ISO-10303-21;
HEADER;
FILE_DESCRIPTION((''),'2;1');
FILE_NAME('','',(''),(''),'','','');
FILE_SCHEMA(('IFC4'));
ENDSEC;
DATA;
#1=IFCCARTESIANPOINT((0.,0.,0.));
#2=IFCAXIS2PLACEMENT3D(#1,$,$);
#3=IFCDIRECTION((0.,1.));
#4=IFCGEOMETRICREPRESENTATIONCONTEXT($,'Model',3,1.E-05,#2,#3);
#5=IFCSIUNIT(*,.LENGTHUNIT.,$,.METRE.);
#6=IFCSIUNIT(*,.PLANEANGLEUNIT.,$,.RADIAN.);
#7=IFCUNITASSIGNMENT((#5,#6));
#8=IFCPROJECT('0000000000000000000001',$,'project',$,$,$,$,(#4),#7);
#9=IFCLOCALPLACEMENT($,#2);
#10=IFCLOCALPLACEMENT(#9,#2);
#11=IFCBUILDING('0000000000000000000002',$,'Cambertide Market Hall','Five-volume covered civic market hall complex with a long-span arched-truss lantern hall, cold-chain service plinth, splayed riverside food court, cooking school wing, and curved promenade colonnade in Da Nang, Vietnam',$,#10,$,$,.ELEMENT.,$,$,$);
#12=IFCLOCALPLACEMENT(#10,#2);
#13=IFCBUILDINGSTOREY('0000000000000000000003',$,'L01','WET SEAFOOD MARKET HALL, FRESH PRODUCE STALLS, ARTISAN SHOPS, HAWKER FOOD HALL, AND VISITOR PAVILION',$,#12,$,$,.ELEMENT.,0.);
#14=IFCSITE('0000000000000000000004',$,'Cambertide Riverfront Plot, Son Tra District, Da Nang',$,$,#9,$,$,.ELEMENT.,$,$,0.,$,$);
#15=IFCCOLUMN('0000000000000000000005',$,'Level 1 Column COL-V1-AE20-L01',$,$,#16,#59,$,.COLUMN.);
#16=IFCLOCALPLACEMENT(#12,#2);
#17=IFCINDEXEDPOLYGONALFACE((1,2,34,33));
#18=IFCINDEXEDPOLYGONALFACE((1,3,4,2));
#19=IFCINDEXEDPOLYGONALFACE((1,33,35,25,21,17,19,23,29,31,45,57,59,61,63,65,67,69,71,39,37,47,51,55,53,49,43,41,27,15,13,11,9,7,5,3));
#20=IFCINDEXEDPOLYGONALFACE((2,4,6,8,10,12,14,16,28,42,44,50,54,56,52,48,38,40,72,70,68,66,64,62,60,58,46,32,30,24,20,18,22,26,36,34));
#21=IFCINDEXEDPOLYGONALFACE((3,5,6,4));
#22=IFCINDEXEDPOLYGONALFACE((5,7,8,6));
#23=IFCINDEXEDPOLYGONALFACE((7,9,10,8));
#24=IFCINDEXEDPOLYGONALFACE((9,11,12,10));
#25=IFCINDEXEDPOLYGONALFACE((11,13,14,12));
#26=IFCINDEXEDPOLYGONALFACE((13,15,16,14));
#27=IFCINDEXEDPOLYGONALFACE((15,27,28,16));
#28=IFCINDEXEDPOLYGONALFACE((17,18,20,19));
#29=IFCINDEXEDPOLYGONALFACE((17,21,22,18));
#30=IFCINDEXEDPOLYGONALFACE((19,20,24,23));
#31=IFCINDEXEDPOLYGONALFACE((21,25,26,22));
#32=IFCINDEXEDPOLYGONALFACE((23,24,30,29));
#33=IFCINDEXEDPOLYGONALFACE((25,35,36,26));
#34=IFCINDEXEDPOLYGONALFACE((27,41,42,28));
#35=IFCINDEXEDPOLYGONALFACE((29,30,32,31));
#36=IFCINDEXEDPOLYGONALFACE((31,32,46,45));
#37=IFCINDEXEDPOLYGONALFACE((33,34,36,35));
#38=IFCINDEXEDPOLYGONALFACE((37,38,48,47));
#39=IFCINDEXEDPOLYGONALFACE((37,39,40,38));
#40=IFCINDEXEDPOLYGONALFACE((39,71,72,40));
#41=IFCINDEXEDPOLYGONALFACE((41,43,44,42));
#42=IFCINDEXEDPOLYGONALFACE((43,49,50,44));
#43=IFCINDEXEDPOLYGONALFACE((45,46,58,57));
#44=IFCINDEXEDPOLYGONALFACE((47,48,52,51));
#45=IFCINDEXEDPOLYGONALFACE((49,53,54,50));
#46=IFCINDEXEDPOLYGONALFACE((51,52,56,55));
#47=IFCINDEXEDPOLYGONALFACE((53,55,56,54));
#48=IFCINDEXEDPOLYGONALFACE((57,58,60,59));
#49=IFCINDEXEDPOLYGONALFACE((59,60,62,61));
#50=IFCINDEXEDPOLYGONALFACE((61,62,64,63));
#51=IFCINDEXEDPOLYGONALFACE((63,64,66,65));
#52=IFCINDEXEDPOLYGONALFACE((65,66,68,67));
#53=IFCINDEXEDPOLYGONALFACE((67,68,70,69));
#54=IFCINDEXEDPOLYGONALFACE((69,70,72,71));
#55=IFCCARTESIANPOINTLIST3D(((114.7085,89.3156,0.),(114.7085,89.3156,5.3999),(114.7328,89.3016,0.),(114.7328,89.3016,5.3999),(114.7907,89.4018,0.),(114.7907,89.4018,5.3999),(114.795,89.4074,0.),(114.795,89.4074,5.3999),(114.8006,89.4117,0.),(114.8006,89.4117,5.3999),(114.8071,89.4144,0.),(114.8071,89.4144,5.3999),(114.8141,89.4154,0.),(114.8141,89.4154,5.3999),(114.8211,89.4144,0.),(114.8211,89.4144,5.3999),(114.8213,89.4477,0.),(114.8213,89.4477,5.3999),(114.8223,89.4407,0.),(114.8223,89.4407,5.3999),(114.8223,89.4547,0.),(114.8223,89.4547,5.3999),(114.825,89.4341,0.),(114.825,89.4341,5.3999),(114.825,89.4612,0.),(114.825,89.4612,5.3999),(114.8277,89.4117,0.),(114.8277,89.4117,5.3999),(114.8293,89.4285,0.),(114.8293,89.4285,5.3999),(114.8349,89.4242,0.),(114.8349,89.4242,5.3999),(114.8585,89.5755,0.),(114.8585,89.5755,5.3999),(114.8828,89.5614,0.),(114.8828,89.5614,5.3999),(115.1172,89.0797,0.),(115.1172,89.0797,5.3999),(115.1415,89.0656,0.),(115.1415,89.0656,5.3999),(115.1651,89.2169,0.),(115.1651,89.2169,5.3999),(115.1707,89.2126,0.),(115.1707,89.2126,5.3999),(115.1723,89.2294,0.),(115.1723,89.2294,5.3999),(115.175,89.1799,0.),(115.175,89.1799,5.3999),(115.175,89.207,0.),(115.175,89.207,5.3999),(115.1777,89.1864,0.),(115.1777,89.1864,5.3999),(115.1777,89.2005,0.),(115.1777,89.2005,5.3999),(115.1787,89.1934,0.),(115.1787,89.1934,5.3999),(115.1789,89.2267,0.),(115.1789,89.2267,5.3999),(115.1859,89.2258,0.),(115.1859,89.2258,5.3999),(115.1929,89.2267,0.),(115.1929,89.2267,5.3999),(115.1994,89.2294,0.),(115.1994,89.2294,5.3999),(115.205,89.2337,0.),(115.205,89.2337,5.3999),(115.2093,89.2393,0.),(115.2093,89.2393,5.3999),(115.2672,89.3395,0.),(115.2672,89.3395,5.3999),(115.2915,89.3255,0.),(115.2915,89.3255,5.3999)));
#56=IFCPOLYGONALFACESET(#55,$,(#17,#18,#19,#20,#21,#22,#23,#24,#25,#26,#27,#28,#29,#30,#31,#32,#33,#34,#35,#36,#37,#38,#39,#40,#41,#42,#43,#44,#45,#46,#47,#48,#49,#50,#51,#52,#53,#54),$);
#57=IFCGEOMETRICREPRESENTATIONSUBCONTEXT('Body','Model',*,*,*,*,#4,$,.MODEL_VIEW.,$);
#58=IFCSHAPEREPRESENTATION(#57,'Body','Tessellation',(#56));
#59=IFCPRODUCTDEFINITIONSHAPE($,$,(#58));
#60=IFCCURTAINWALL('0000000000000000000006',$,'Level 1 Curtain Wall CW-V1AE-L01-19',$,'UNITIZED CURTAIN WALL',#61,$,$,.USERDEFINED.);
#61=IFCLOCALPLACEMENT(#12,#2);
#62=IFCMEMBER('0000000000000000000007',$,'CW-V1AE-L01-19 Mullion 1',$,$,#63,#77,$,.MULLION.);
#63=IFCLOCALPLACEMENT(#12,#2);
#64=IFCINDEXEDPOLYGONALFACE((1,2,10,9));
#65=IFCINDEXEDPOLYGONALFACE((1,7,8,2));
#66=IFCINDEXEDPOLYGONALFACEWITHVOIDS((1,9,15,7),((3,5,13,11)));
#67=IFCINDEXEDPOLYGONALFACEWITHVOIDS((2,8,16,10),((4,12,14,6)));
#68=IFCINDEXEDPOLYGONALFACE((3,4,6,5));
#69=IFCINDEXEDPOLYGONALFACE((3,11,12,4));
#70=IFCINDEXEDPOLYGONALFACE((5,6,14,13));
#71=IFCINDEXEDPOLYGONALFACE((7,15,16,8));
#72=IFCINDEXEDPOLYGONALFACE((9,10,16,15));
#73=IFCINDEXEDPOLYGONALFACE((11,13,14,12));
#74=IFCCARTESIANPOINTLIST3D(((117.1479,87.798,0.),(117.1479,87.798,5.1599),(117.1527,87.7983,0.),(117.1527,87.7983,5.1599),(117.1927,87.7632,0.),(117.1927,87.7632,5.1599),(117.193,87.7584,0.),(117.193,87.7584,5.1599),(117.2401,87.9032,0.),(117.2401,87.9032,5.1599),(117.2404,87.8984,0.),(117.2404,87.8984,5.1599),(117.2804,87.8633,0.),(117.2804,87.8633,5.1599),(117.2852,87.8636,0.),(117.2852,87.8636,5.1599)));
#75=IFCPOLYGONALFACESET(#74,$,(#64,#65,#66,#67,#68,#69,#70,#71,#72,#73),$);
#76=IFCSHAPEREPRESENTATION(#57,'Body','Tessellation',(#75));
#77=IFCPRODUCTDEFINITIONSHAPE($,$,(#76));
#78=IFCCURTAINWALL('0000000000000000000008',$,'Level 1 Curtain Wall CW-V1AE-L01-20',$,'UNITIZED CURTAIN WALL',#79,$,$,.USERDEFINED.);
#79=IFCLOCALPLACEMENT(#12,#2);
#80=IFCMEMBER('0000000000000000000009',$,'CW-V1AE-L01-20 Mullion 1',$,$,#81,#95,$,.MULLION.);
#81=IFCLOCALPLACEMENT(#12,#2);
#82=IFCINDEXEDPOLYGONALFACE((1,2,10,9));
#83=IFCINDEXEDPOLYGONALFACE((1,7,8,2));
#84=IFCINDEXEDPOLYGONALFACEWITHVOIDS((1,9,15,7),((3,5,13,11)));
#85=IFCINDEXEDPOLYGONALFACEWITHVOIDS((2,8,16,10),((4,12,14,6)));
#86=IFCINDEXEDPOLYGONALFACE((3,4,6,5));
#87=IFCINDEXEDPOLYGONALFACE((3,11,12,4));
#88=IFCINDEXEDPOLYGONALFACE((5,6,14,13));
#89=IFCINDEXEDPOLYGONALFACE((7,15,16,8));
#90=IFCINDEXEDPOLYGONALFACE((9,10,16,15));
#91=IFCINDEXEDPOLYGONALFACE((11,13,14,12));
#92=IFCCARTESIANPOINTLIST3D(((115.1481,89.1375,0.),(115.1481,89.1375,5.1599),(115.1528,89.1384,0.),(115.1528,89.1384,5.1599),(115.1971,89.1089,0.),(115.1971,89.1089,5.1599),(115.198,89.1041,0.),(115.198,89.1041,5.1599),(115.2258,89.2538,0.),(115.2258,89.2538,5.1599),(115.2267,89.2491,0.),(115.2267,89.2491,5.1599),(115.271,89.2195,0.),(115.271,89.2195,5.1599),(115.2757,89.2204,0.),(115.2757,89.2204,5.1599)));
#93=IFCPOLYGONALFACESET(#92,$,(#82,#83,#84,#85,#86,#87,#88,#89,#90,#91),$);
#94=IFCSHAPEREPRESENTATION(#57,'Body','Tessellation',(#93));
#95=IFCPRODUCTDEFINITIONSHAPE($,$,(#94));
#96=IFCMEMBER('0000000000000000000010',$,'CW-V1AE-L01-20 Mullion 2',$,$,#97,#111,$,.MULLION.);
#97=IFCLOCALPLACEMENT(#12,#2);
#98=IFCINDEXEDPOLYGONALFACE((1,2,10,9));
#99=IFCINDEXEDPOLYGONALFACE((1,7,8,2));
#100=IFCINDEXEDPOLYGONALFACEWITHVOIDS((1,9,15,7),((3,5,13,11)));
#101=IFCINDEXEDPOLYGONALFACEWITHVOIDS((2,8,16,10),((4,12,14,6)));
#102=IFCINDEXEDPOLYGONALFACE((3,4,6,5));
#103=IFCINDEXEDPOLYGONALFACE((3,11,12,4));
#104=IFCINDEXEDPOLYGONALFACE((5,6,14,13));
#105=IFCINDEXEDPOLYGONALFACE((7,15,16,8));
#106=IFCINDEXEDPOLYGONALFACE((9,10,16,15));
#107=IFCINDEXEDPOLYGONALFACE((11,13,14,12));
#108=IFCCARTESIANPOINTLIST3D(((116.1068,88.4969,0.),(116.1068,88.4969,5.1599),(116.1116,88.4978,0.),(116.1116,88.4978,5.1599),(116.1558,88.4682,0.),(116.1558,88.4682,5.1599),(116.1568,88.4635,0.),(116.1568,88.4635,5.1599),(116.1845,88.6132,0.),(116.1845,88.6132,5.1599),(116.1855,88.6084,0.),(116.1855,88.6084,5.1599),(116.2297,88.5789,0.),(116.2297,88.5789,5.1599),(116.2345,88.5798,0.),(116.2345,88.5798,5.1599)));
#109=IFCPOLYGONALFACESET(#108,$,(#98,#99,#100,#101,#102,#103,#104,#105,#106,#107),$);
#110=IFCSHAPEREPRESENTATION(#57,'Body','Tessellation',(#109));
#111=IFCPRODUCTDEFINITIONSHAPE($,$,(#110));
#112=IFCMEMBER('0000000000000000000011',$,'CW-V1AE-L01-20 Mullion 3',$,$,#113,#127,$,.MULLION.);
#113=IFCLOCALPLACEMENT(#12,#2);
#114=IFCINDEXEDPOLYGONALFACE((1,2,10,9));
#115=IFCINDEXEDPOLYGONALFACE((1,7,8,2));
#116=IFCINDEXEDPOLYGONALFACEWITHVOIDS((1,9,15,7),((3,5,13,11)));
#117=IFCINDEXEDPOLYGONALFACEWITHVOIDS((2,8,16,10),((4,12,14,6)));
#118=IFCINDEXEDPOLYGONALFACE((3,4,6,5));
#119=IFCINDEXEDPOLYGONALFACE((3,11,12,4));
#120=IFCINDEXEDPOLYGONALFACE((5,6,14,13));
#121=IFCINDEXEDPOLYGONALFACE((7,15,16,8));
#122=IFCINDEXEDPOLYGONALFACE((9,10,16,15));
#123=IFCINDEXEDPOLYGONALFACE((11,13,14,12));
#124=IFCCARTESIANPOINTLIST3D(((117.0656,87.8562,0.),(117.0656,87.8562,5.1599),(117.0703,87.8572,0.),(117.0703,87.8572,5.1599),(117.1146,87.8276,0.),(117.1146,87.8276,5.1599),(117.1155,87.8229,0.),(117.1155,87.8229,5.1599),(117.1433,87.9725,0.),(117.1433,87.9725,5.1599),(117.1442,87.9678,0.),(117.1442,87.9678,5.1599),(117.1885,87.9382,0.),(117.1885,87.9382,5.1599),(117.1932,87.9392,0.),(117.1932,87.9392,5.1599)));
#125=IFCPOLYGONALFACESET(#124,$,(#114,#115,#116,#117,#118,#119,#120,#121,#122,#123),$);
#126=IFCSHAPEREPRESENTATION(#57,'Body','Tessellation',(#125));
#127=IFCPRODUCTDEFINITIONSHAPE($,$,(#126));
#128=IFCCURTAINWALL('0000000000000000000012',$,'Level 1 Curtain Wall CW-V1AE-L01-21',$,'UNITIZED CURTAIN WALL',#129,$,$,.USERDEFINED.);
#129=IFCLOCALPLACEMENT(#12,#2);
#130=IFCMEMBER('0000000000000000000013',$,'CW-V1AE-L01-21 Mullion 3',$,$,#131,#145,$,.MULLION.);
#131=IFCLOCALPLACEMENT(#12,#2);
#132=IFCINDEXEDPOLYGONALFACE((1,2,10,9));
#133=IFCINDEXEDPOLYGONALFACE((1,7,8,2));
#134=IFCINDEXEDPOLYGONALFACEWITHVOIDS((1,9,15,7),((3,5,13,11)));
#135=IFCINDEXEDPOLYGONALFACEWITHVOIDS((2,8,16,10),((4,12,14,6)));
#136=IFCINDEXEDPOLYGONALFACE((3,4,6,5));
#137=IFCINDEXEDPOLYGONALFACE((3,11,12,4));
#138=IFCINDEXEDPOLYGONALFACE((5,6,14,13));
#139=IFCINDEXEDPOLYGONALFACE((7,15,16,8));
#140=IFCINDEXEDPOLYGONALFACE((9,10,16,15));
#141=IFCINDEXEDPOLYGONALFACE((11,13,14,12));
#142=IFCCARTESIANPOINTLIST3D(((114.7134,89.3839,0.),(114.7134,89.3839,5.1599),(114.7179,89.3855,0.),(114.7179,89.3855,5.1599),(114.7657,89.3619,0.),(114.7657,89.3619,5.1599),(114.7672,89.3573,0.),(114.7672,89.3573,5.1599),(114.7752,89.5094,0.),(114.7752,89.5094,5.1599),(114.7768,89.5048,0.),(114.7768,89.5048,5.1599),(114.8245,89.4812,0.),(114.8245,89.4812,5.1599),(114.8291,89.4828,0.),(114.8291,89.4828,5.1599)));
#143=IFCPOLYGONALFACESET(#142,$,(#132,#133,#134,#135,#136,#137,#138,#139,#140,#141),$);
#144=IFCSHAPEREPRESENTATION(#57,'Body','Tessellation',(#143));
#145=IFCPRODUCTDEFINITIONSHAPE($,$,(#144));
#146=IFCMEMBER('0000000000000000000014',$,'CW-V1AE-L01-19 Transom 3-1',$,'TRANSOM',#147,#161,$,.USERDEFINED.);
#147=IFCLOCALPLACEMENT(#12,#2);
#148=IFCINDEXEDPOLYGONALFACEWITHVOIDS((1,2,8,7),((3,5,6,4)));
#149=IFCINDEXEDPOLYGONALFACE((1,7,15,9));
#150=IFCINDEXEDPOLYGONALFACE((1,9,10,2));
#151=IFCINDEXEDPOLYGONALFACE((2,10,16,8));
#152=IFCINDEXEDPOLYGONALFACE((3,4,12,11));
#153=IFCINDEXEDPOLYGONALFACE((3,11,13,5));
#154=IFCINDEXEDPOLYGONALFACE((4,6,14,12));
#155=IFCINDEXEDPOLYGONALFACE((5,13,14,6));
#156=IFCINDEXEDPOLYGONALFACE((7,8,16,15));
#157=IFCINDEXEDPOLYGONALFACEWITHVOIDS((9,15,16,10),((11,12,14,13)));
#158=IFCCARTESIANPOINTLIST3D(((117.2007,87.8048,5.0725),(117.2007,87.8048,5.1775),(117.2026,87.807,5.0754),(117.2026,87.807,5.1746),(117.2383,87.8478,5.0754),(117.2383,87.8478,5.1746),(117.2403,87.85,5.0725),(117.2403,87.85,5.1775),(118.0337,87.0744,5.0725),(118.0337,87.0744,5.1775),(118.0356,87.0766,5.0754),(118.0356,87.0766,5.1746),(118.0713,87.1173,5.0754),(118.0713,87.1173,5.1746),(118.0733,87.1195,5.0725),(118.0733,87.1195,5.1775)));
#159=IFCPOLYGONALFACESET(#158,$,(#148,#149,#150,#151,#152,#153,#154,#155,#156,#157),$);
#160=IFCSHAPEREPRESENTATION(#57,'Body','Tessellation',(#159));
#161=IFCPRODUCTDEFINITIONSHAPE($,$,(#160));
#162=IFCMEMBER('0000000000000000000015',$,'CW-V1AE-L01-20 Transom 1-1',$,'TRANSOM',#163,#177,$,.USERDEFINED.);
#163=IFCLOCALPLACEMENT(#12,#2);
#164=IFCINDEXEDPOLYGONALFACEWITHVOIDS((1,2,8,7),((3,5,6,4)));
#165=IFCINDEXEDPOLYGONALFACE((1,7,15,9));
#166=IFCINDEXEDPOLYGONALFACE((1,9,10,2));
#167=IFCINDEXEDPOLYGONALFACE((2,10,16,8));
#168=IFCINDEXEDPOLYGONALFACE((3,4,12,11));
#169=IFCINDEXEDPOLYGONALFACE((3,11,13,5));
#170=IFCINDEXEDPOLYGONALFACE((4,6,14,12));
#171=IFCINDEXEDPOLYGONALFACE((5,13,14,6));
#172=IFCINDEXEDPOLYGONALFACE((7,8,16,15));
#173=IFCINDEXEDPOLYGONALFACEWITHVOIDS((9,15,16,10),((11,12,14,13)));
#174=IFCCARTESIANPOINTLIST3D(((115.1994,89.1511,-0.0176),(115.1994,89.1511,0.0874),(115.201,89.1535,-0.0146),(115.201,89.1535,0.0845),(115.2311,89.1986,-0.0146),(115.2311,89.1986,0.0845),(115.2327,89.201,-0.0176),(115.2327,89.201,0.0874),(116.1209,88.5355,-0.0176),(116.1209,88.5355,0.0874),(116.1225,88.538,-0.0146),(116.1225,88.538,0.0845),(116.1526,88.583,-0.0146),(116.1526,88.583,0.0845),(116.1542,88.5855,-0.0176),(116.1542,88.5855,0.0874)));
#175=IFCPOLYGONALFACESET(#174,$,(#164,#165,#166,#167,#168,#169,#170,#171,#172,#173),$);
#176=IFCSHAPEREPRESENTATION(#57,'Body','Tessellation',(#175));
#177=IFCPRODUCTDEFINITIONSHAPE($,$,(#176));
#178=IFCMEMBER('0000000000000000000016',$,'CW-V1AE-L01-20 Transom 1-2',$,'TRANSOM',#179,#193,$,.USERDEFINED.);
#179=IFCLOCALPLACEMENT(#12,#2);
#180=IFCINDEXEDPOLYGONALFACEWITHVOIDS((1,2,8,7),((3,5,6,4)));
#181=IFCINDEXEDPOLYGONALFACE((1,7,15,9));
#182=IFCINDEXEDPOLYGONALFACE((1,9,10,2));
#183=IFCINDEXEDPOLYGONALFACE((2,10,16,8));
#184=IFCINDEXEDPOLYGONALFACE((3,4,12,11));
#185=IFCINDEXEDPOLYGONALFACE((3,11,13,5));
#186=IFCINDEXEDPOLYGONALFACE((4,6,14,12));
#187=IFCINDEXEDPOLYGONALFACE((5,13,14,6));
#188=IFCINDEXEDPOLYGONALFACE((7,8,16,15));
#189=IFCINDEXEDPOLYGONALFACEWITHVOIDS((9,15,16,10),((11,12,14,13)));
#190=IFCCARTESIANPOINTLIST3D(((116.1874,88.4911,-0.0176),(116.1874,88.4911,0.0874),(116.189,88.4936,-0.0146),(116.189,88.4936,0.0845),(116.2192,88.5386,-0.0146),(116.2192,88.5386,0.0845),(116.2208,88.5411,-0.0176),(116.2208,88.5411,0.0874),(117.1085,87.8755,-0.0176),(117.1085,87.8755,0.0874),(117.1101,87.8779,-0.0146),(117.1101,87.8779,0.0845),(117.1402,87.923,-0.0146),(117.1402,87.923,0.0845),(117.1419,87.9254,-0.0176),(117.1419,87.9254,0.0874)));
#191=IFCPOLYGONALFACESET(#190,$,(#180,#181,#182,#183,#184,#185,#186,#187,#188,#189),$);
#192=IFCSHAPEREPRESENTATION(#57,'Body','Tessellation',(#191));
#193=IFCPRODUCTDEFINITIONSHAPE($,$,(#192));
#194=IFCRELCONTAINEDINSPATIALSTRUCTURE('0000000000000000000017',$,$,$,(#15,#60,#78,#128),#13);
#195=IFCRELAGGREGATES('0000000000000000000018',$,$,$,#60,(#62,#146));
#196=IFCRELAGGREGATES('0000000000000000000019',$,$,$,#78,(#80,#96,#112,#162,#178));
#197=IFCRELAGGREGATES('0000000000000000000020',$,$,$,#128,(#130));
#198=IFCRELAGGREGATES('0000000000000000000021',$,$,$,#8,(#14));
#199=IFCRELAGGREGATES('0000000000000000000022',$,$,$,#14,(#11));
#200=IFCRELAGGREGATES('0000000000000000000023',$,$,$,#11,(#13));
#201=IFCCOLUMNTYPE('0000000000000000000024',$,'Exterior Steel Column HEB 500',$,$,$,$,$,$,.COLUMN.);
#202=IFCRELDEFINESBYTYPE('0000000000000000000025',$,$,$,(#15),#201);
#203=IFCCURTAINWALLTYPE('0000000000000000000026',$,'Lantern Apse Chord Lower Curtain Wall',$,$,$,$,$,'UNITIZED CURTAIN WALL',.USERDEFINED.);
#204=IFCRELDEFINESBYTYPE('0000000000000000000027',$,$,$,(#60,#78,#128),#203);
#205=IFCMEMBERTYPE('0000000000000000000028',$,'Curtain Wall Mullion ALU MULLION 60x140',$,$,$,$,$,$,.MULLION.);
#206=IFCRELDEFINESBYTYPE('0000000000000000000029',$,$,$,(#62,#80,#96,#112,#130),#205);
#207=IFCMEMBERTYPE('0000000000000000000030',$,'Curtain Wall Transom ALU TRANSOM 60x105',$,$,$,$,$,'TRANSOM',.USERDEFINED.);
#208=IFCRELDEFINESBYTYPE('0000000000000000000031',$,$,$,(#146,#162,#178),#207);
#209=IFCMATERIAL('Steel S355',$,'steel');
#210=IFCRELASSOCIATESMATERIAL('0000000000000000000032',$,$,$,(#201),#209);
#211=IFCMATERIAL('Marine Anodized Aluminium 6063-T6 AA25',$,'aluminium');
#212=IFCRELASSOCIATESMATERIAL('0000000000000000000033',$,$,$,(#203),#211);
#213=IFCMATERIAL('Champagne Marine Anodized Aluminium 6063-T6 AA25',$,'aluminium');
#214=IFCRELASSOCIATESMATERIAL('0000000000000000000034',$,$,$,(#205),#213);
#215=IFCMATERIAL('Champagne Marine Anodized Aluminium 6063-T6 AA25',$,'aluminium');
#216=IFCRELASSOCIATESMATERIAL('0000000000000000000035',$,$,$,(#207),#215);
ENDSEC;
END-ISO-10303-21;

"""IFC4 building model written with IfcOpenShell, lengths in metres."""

from ifc_helpers import new_model, si_unit, direction, frame, origin, origin_2d, place, context, subcontext, project, spatial, hollow_rectangle, i_section, extrude, material, material_profile, profile_set, type_object, element, aggregate, save


model = new_model("IFC4")

# Units and contexts
model_context = context("Model", 3, precision=1e-05, world=origin(), true_north=direction((0.0, 1.0)))
body_context = subcontext(model_context, "Body", "Model", "MODEL_VIEW")
ifc_project = project(units=[si_unit("LENGTHUNIT", "METRE"), si_unit("PLANEANGLEUNIT", "RADIAN")], contexts=[model_context])

# Site, building, storey
site_placement = place(None, origin())
site = spatial("IfcSite", under=ifc_project, at=site_placement, Name="Cambertide Riverfront Plot, Son Tra District, Da Nang", CompositionType="ELEMENT", RefElevation=0.0)
building_placement = place(site_placement, origin())
building = spatial("IfcBuilding", under=site, at=building_placement, Name="Cambertide Market Hall", Description="Five-volume covered civic market hall complex with a long-span arched-truss lantern hall, cold-chain service plinth, splayed riverside food court, cooking school wing, and curved promenade colonnade in Da Nang, Vietnam", CompositionType="ELEMENT")
storey_placement = place(building_placement, origin())
storey = spatial("IfcBuildingStorey", under=building, at=storey_placement, Name="L01", Description="WET SEAFOOD MARKET HALL, FRESH PRODUCE STALLS, ARTISAN SHOPS, HAWKER FOOD HALL, AND VISITOR PAVILION", CompositionType="ELEMENT", Elevation=0.0)

# Column
ifc_material_1 = material(Name="Steel S355", Category="steel")
ifc_material_profile_1 = material_profile(ifc_material_1, i_section(OverallWidth=0.3, OverallDepth=0.5, WebThickness=0.0144, FlangeThickness=0.0281, FilletRadius=0.0271, at=origin_2d()), Name="HEB 500")
ifc_profile_set_1 = profile_set([ifc_material_profile_1], Name="Steel S355")
column_type = type_object("IfcColumnType", Name="Exterior Steel Column HEB 500", PredefinedType="COLUMN", material=ifc_profile_set_1)
column_placement = place(storey_placement, frame((115.0, 89.3206, 0.0), z_axis=(0.0, 0.0, 1.0), x_axis=(0.5, 0.866025, 0.0)))
element("IfcColumn", 1, at=column_placement, inside=storey, type_object=column_type, Name="Level 1 Column COL-V1-AE20-L01", PredefinedType="COLUMN", context=body_context, shape_type="SweptSolid", body=[
    extrude(i_section(OverallWidth=0.3, OverallDepth=0.5, WebThickness=0.0144, FlangeThickness=0.0281, FilletRadius=0.0271, at=origin_2d()), origin(), (0.0, 0.0, 1.0), 5.3999),
])

# Curtain wall, member
ifc_material_2 = material(Name="Marine Anodized Aluminium 6063-T6 AA25", Category="aluminium")
curtain_wall_type = type_object("IfcCurtainWallType", Name="Lantern Apse Chord Lower Curtain Wall", ElementType="UNITIZED CURTAIN WALL", PredefinedType="USERDEFINED", material=ifc_material_2)
curtain_wall_1_placement = place(storey_placement, origin())
curtain_wall_1 = element("IfcCurtainWall", 2, at=curtain_wall_1_placement, inside=storey, type_object=curtain_wall_type, Name="Level 1 Curtain Wall CW-V1AE-L01-19", ObjectType="UNITIZED CURTAIN WALL", PredefinedType="USERDEFINED")
ifc_material_3 = material(Name="Champagne Marine Anodized Aluminium 6063-T6 AA25", Category="aluminium")
ifc_material_profile_2 = material_profile(ifc_material_3, hollow_rectangle(XDim=0.0601, YDim=0.1399, WallThickness=0.0034, at=origin_2d()), Name="ALU MULLION 60x140")
ifc_profile_set_2 = profile_set([ifc_material_profile_2], Name="Champagne Marine Anodized Aluminium 6063-T6 AA25")
member_type_1 = type_object("IfcMemberType", Name="Curtain Wall Mullion ALU MULLION 60x140", PredefinedType="MULLION", material=ifc_profile_set_2)
member_1_placement = place(storey_placement, frame((117.2166, 87.8308, 0.0), z_axis=(0.0, 0.0, 1.0), x_axis=(0.75184, -0.659346, 0.0)))
member_1 = element("IfcMember", 3, at=member_1_placement, type_object=member_type_1, Name="CW-V1AE-L01-19 Mullion 1", PredefinedType="MULLION", context=body_context, shape_type="SweptSolid", body=[
    extrude(hollow_rectangle(XDim=0.0601, YDim=0.1399, WallThickness=0.0034, at=origin_2d()), origin(), (0.0, 0.0, 1.0), 5.1599),
])

# Curtain wall, members
curtain_wall_2_placement = place(storey_placement, origin())
curtain_wall_2 = element("IfcCurtainWall", 4, at=curtain_wall_2_placement, inside=storey, type_object=curtain_wall_type, Name="Level 1 Curtain Wall CW-V1AE-L01-20", ObjectType="UNITIZED CURTAIN WALL", PredefinedType="USERDEFINED")
member_2_placement = place(storey_placement, frame((115.2119, 89.179, 0.0), z_axis=(0.0, 0.0, 1.0), x_axis=(0.83147, -0.55557, 0.0)))
member_2 = element("IfcMember", 5, at=member_2_placement, type_object=member_type_1, Name="CW-V1AE-L01-20 Mullion 1", PredefinedType="MULLION", context=body_context, shape_type="SweptSolid", body=[
    extrude(hollow_rectangle(XDim=0.0601, YDim=0.1399, WallThickness=0.0034, at=origin_2d()), origin(), (0.0, 0.0, 1.0), 5.1599),
])
member_3_placement = place(storey_placement, frame((116.1707, 88.5383, 0.0), z_axis=(0.0, 0.0, 1.0), x_axis=(0.83147, -0.55557, 0.0)))
member_3 = element("IfcMember", 6, at=member_3_placement, type_object=member_type_1, Name="CW-V1AE-L01-20 Mullion 2", PredefinedType="MULLION", context=body_context, shape_type="SweptSolid", body=[
    extrude(hollow_rectangle(XDim=0.0601, YDim=0.1399, WallThickness=0.0034, at=origin_2d()), origin(), (0.0, 0.0, 1.0), 5.1599),
])
member_4_placement = place(storey_placement, frame((117.1294, 87.8977, 0.0), z_axis=(0.0, 0.0, 1.0), x_axis=(0.83147, -0.55557, 0.0)))
member_4 = element("IfcMember", 7, at=member_4_placement, type_object=member_type_1, Name="CW-V1AE-L01-20 Mullion 3", PredefinedType="MULLION", context=body_context, shape_type="SweptSolid", body=[
    extrude(hollow_rectangle(XDim=0.0601, YDim=0.1399, WallThickness=0.0034, at=origin_2d()), origin(), (0.0, 0.0, 1.0), 5.1599),
])

# Curtain wall, member
curtain_wall_3_placement = place(storey_placement, origin())
curtain_wall_3 = element("IfcCurtainWall", 8, at=curtain_wall_3_placement, inside=storey, type_object=curtain_wall_type, Name="Level 1 Curtain Wall CW-V1AE-L01-21", ObjectType="UNITIZED CURTAIN WALL", PredefinedType="USERDEFINED")
member_5_placement = place(storey_placement, frame((114.7712, 89.4333, 0.0), z_axis=(0.0, 0.0, 1.0), x_axis=(0.896873, -0.442289, 0.0)))
member_5 = element("IfcMember", 9, at=member_5_placement, type_object=member_type_1, Name="CW-V1AE-L01-21 Mullion 3", PredefinedType="MULLION", context=body_context, shape_type="SweptSolid", body=[
    extrude(hollow_rectangle(XDim=0.0601, YDim=0.1399, WallThickness=0.0034, at=origin_2d()), origin(), (0.0, 0.0, 1.0), 5.1599),
])

# Members
ifc_material_4 = material(Name="Champagne Marine Anodized Aluminium 6063-T6 AA25", Category="aluminium")
ifc_material_profile_3 = material_profile(ifc_material_4, hollow_rectangle(XDim=0.0601, YDim=0.105, WallThickness=0.0029, at=origin_2d()), Name="ALU TRANSOM 60x105")
ifc_profile_set_3 = profile_set([ifc_material_profile_3], Name="Champagne Marine Anodized Aluminium 6063-T6 AA25")
member_type_2 = type_object("IfcMemberType", Name="Curtain Wall Transom ALU TRANSOM 60x105", ElementType="TRANSOM", PredefinedType="USERDEFINED", material=ifc_profile_set_3)
member_6_placement = place(storey_placement, frame((117.2205, 87.8274, 5.125), z_axis=(0.751866, -0.659315, 0.0), x_axis=(0.659315, 0.751866, 0.0)))
member_6 = element("IfcMember", 10, at=member_6_placement, type_object=member_type_2, Name="CW-V1AE-L01-19 Transom 3-1", ObjectType="TRANSOM", PredefinedType="USERDEFINED", context=body_context, shape_type="SweptSolid", body=[
    extrude(hollow_rectangle(XDim=0.0601, YDim=0.105, WallThickness=0.0029, at=origin_2d()), origin(), (0.0, 0.0, 1.0), 1.1079),
])
aggregate(curtain_wall_1, [member_1, member_6])
member_7_placement = place(storey_placement, frame((115.2161, 89.176, 0.0349), z_axis=(0.831541, -0.555463, 0.0), x_axis=(0.555463, 0.831541, 0.0)))
member_7 = element("IfcMember", 11, at=member_7_placement, type_object=member_type_2, Name="CW-V1AE-L01-20 Transom 1-1", ObjectType="TRANSOM", PredefinedType="USERDEFINED", context=body_context, shape_type="SweptSolid", body=[
    extrude(hollow_rectangle(XDim=0.0601, YDim=0.105, WallThickness=0.0029, at=origin_2d()), origin(), (0.0, 0.0, 1.0), 1.1082),
])
member_8_placement = place(storey_placement, frame((116.2041, 88.5161, 0.0349), z_axis=(0.831372, -0.555717, 0.0), x_axis=(0.555717, 0.831372, 0.0)))
member_8 = element("IfcMember", 12, at=member_8_placement, type_object=member_type_2, Name="CW-V1AE-L01-20 Transom 1-2", ObjectType="TRANSOM", PredefinedType="USERDEFINED", context=body_context, shape_type="SweptSolid", body=[
    extrude(hollow_rectangle(XDim=0.0601, YDim=0.105, WallThickness=0.0029, at=origin_2d()), origin(), (0.0, 0.0, 1.0), 1.1079),
])

aggregate(curtain_wall_2, [member_2, member_3, member_4, member_7, member_8])
aggregate(curtain_wall_3, [member_5])

save(model, "model.ifc")
